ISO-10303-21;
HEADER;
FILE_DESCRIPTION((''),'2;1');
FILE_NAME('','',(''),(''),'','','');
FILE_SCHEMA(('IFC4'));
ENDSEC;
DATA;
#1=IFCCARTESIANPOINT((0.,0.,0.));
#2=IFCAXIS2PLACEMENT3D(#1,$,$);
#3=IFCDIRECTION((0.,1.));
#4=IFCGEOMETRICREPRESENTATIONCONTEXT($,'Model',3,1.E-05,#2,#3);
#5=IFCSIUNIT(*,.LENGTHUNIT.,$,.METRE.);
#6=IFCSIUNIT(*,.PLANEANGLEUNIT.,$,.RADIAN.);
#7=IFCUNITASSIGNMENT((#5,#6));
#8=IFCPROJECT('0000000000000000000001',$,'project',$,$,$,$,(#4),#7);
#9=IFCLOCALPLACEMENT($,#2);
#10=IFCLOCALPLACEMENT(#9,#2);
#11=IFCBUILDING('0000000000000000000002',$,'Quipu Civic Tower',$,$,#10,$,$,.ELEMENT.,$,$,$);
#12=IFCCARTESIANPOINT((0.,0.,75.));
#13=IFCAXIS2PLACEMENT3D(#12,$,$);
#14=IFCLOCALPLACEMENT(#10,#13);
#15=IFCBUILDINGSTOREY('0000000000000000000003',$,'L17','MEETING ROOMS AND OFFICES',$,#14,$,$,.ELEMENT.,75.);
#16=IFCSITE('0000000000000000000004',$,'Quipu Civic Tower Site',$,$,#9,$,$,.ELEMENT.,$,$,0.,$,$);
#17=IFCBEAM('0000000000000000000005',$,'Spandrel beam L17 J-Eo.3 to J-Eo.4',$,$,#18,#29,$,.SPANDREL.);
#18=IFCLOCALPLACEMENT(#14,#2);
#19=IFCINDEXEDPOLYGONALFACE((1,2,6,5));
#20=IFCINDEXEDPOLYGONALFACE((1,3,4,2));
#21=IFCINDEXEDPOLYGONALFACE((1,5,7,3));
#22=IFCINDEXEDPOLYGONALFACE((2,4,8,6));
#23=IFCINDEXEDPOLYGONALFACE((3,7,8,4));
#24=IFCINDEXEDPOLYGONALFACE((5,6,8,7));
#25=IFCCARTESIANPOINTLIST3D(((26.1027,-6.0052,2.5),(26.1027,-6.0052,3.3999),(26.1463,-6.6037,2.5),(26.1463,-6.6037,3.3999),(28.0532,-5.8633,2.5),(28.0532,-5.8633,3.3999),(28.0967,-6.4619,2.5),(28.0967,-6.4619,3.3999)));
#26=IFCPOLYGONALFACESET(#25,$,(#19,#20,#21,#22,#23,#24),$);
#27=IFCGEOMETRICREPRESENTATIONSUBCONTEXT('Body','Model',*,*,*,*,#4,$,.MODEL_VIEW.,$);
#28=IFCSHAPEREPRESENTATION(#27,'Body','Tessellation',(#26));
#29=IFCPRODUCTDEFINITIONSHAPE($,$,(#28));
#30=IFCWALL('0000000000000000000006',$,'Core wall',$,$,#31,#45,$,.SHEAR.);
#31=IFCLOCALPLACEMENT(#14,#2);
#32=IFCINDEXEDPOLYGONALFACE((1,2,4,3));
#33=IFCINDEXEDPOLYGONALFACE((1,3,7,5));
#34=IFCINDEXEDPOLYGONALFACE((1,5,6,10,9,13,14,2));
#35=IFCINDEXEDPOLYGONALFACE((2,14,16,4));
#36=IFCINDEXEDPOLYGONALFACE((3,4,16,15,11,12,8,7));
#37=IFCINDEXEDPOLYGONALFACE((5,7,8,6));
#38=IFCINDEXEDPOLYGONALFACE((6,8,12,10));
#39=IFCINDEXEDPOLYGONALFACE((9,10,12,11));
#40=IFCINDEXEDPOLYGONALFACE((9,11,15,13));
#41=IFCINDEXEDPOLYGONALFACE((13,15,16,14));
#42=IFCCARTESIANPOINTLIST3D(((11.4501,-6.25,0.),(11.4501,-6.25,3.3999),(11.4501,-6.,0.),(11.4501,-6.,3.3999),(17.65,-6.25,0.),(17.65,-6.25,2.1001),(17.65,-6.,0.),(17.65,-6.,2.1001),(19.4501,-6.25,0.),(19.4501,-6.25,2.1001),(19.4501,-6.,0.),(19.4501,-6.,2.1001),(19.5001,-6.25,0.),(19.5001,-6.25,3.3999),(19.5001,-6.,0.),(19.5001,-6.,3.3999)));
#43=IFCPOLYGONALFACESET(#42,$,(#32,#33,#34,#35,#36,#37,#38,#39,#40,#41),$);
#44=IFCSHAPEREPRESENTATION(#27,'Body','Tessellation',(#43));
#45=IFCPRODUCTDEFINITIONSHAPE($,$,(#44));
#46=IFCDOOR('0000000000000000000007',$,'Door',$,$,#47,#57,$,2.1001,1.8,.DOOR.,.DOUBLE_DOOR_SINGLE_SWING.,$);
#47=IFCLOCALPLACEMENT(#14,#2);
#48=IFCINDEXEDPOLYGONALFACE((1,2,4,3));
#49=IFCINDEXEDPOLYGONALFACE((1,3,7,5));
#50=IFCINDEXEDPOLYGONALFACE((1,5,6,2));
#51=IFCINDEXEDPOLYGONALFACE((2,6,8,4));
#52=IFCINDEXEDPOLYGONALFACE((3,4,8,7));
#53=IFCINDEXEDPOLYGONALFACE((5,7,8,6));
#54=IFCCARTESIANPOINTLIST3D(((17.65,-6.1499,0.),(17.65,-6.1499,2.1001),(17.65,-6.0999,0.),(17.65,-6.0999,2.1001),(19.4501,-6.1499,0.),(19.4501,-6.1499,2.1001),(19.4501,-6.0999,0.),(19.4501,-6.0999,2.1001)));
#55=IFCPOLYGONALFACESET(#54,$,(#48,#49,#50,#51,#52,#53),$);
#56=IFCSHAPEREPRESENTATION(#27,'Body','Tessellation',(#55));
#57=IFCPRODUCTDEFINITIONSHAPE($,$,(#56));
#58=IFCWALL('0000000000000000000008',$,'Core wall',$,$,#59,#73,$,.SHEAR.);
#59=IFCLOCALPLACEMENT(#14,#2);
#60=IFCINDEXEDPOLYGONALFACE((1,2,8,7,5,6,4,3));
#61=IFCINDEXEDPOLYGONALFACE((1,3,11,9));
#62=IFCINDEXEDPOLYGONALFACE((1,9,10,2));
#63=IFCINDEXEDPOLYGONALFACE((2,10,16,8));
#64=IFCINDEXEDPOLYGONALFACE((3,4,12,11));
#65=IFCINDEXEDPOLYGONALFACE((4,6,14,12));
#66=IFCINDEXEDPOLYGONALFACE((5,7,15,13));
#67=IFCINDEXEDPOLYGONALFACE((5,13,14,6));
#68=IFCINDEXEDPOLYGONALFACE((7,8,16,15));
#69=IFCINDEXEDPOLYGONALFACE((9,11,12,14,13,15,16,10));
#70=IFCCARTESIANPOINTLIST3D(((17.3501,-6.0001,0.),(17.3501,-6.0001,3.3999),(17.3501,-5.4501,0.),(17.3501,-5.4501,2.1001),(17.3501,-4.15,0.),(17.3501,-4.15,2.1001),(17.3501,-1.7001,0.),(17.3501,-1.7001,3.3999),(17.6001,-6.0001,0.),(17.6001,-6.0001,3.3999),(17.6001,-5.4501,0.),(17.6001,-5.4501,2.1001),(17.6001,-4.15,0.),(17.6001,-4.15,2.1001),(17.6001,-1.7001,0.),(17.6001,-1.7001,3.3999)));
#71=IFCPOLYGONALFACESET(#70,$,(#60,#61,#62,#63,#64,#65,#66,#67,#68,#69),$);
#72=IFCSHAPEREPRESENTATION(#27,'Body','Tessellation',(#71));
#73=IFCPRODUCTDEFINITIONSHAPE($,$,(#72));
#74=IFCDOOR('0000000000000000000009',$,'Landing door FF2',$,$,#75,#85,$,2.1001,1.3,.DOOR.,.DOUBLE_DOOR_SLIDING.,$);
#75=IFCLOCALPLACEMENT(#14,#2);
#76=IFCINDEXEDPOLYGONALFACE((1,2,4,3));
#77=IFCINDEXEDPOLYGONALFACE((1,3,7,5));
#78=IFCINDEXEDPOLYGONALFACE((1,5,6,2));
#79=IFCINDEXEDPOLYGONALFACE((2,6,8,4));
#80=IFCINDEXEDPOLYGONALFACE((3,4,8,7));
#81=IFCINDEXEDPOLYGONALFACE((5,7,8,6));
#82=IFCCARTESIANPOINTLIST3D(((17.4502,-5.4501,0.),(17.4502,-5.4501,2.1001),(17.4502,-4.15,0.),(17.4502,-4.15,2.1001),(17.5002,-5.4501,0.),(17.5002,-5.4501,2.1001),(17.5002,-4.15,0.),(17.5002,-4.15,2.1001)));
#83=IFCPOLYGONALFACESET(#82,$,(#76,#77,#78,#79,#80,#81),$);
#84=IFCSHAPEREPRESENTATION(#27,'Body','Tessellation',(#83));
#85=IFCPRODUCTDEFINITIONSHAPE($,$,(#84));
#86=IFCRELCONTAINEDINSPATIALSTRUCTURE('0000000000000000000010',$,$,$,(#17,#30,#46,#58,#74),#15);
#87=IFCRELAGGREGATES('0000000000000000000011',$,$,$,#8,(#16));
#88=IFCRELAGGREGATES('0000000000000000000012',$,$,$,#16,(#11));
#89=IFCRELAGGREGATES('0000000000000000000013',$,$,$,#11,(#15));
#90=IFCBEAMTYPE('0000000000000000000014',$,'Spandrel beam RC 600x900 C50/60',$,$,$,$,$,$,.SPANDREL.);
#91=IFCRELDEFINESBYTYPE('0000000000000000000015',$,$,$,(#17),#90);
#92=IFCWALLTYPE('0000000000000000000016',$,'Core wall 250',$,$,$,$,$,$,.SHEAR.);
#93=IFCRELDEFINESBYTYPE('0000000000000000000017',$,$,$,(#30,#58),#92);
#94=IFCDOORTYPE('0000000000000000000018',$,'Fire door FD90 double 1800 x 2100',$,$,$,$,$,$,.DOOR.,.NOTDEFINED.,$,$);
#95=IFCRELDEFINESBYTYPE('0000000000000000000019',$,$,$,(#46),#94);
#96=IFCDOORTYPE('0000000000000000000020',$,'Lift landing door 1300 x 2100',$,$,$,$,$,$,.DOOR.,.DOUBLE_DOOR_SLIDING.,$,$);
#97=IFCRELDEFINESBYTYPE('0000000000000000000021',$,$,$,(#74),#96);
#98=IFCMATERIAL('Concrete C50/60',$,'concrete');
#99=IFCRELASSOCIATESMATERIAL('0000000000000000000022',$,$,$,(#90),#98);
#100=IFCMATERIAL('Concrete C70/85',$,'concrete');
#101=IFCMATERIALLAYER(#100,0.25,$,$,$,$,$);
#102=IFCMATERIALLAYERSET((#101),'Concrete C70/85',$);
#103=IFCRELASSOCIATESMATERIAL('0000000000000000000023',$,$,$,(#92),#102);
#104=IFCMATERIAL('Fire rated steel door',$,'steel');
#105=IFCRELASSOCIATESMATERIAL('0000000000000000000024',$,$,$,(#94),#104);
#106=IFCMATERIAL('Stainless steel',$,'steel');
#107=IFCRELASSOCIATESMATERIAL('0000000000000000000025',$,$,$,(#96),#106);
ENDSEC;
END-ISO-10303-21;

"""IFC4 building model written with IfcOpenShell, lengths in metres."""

from ifc_helpers import new_model, si_unit, direction, frame, frame_2d, origin, origin_2d, place, context, subcontext, project, spatial, rectangle, extrude, material, layer, layer_set, material_profile, profile_set, type_object, element, fill, save


model = new_model("IFC4")

# Units and contexts
model_context = context("Model", 3, precision=1e-05, world=origin(), true_north=direction((0.0, 1.0)))
body_context = subcontext(model_context, "Body", "Model", "MODEL_VIEW")
ifc_project = project(units=[si_unit("LENGTHUNIT", "METRE"), si_unit("PLANEANGLEUNIT", "RADIAN")], contexts=[model_context])

# Site, building, storey
site_placement = place(None, origin())
site = spatial("IfcSite", under=ifc_project, at=site_placement, Name="Quipu Civic Tower Site", CompositionType="ELEMENT", RefElevation=0.0)
building_placement = place(site_placement, origin())
building = spatial("IfcBuilding", under=site, at=building_placement, Name="Quipu Civic Tower", CompositionType="ELEMENT")
storey_placement = place(building_placement, frame((0.0, 0.0, 75.0)))
storey = spatial("IfcBuildingStorey", under=building, at=storey_placement, Name="L17", Description="MEETING ROOMS AND OFFICES", CompositionType="ELEMENT", Elevation=75.0)

# Beam
ifc_material_1 = material(Name="Concrete C50/60", Category="concrete")
ifc_material_profile = material_profile(ifc_material_1, rectangle(XDim=0.6001, YDim=0.8999, at=origin_2d()), Name="RC600x900")
ifc_profile_set = profile_set([ifc_material_profile], Name="Concrete C50/60")
beam_type = type_object("IfcBeamType", Name="Spandrel beam RC 600x900 C50/60", PredefinedType="SPANDREL", material=ifc_profile_set)
beam_placement = place(storey_placement, frame((26.1245, -6.3044, 2.95), z_axis=(0.997366, 0.072533, 0.0), x_axis=(-0.072533, 0.997366, 0.0)))
element("IfcBeam", 1, at=beam_placement, inside=storey, type_object=beam_type, Name="Spandrel beam L17 J-Eo.3 to J-Eo.4", PredefinedType="SPANDREL", context=body_context, shape_type="SweptSolid", body=[
    extrude(rectangle(XDim=0.6001, YDim=0.8999, at=origin_2d()), origin(), (0.0, 0.0, 1.0), 1.9556),
])

# Walls, openings, doors
ifc_material_2 = material(Name="Concrete C70/85", Category="concrete")
ifc_layer_1 = layer(ifc_material_2, 0.25)
ifc_layer_set_1 = layer_set([ifc_layer_1], Name="Concrete C70/85")
wall_type_1 = type_object("IfcWallType", Name="Core wall 250", PredefinedType="SHEAR", material=ifc_layer_set_1)
wall_1_placement = place(storey_placement, frame((19.5, -6.125, 0.0), z_axis=(0.0, 0.0, 1.0), x_axis=(-1.0, 0.0, 0.0)))
wall_1 = element("IfcWall", 2, at=wall_1_placement, inside=storey, type_object=wall_type_1, Name="Core wall", PredefinedType="SHEAR", context=body_context, shape_type="SweptSolid", body=[
    extrude(rectangle(XDim=8.05, YDim=0.25, at=frame_2d((4.0249, 0.0))), origin(), (0.0, 0.0, 1.0), 3.3999),
])
opening_1_placement = place(wall_1_placement, frame((0.05, 0.0, 0.0)))
opening_1 = element("IfcOpeningElement", 3, at=opening_1_placement, cuts=wall_1, PredefinedType="OPENING", context=body_context, shape_type="SweptSolid", body=[
    extrude(rectangle(XDim=1.8, YDim=2.1001, at=frame_2d((0.8999, 1.05))), frame((0.0, 0.135, 0.0), z_axis=(0.0, -1.0, 0.0), x_axis=(1.0, 0.0, 0.0)), (0.0, 0.0, 1.0), 0.27),
])
ifc_material_3 = material(Name="Fire rated steel door", Category="steel")
door_type_1 = type_object("IfcDoorType", Name="Fire door FD90 double 1800 x 2100", OperationType="NOTDEFINED", PredefinedType="DOOR", material=ifc_material_3)
door_1_placement = place(opening_1_placement, origin())
door_1 = element("IfcDoor", 4, at=door_1_placement, inside=storey, type_object=door_type_1, Name="Door", OperationType="DOUBLE_DOOR_SINGLE_SWING", OverallHeight=2.1001, OverallWidth=1.8, PredefinedType="DOOR", context=body_context, shape_type="SweptSolid", body=[
    extrude(rectangle(XDim=1.8, YDim=2.1001, at=frame_2d((0.8999, 1.05))), frame((0.0, 0.0249, 0.0), z_axis=(0.0, -1.0, 0.0), x_axis=(1.0, 0.0, 0.0)), (0.0, 0.0, 1.0), 0.05),
])
fill(opening_1, door_1)
wall_2_placement = place(storey_placement, frame((17.4751, -6.0, 0.0), z_axis=(0.0, 0.0, 1.0), x_axis=(0.0, 1.0, 0.0)))
wall_2 = element("IfcWall", 5, at=wall_2_placement, inside=storey, type_object=wall_type_1, Name="Core wall", PredefinedType="SHEAR", context=body_context, shape_type="SweptSolid", body=[
    extrude(rectangle(XDim=4.3, YDim=0.25, at=frame_2d((2.1499, 0.0))), origin(), (0.0, 0.0, 1.0), 3.3999),
])
opening_2_placement = place(wall_2_placement, frame((0.55, 0.0, 0.0)))
opening_2 = element("IfcOpeningElement", 6, at=opening_2_placement, cuts=wall_2, PredefinedType="OPENING", context=body_context, shape_type="SweptSolid", body=[
    extrude(rectangle(XDim=1.3, YDim=2.1001, at=frame_2d((0.6499, 1.05))), frame((0.0, 0.135, 0.0), z_axis=(0.0, -1.0, 0.0), x_axis=(1.0, 0.0, 0.0)), (0.0, 0.0, 1.0), 0.27),
])
ifc_material_4 = material(Name="Stainless steel", Category="steel")
door_type_2 = type_object("IfcDoorType", Name="Lift landing door 1300 x 2100", OperationType="DOUBLE_DOOR_SLIDING", PredefinedType="DOOR", material=ifc_material_4)
door_2_placement = place(opening_2_placement, origin())
door_2 = element("IfcDoor", 7, at=door_2_placement, inside=storey, type_object=door_type_2, Name="Landing door FF2", OperationType="DOUBLE_DOOR_SLIDING", OverallHeight=2.1001, OverallWidth=1.3, PredefinedType="DOOR", context=body_context, shape_type="SweptSolid", body=[
    extrude(rectangle(XDim=1.3, YDim=2.1001, at=frame_2d((0.6499, 1.05))), frame((0.0, 0.0249, 0.0), z_axis=(0.0, -1.0, 0.0), x_axis=(1.0, 0.0, 0.0)), (0.0, 0.0, 1.0), 0.05),
])
fill(opening_2, door_2)

save(model, "model.ifc")
